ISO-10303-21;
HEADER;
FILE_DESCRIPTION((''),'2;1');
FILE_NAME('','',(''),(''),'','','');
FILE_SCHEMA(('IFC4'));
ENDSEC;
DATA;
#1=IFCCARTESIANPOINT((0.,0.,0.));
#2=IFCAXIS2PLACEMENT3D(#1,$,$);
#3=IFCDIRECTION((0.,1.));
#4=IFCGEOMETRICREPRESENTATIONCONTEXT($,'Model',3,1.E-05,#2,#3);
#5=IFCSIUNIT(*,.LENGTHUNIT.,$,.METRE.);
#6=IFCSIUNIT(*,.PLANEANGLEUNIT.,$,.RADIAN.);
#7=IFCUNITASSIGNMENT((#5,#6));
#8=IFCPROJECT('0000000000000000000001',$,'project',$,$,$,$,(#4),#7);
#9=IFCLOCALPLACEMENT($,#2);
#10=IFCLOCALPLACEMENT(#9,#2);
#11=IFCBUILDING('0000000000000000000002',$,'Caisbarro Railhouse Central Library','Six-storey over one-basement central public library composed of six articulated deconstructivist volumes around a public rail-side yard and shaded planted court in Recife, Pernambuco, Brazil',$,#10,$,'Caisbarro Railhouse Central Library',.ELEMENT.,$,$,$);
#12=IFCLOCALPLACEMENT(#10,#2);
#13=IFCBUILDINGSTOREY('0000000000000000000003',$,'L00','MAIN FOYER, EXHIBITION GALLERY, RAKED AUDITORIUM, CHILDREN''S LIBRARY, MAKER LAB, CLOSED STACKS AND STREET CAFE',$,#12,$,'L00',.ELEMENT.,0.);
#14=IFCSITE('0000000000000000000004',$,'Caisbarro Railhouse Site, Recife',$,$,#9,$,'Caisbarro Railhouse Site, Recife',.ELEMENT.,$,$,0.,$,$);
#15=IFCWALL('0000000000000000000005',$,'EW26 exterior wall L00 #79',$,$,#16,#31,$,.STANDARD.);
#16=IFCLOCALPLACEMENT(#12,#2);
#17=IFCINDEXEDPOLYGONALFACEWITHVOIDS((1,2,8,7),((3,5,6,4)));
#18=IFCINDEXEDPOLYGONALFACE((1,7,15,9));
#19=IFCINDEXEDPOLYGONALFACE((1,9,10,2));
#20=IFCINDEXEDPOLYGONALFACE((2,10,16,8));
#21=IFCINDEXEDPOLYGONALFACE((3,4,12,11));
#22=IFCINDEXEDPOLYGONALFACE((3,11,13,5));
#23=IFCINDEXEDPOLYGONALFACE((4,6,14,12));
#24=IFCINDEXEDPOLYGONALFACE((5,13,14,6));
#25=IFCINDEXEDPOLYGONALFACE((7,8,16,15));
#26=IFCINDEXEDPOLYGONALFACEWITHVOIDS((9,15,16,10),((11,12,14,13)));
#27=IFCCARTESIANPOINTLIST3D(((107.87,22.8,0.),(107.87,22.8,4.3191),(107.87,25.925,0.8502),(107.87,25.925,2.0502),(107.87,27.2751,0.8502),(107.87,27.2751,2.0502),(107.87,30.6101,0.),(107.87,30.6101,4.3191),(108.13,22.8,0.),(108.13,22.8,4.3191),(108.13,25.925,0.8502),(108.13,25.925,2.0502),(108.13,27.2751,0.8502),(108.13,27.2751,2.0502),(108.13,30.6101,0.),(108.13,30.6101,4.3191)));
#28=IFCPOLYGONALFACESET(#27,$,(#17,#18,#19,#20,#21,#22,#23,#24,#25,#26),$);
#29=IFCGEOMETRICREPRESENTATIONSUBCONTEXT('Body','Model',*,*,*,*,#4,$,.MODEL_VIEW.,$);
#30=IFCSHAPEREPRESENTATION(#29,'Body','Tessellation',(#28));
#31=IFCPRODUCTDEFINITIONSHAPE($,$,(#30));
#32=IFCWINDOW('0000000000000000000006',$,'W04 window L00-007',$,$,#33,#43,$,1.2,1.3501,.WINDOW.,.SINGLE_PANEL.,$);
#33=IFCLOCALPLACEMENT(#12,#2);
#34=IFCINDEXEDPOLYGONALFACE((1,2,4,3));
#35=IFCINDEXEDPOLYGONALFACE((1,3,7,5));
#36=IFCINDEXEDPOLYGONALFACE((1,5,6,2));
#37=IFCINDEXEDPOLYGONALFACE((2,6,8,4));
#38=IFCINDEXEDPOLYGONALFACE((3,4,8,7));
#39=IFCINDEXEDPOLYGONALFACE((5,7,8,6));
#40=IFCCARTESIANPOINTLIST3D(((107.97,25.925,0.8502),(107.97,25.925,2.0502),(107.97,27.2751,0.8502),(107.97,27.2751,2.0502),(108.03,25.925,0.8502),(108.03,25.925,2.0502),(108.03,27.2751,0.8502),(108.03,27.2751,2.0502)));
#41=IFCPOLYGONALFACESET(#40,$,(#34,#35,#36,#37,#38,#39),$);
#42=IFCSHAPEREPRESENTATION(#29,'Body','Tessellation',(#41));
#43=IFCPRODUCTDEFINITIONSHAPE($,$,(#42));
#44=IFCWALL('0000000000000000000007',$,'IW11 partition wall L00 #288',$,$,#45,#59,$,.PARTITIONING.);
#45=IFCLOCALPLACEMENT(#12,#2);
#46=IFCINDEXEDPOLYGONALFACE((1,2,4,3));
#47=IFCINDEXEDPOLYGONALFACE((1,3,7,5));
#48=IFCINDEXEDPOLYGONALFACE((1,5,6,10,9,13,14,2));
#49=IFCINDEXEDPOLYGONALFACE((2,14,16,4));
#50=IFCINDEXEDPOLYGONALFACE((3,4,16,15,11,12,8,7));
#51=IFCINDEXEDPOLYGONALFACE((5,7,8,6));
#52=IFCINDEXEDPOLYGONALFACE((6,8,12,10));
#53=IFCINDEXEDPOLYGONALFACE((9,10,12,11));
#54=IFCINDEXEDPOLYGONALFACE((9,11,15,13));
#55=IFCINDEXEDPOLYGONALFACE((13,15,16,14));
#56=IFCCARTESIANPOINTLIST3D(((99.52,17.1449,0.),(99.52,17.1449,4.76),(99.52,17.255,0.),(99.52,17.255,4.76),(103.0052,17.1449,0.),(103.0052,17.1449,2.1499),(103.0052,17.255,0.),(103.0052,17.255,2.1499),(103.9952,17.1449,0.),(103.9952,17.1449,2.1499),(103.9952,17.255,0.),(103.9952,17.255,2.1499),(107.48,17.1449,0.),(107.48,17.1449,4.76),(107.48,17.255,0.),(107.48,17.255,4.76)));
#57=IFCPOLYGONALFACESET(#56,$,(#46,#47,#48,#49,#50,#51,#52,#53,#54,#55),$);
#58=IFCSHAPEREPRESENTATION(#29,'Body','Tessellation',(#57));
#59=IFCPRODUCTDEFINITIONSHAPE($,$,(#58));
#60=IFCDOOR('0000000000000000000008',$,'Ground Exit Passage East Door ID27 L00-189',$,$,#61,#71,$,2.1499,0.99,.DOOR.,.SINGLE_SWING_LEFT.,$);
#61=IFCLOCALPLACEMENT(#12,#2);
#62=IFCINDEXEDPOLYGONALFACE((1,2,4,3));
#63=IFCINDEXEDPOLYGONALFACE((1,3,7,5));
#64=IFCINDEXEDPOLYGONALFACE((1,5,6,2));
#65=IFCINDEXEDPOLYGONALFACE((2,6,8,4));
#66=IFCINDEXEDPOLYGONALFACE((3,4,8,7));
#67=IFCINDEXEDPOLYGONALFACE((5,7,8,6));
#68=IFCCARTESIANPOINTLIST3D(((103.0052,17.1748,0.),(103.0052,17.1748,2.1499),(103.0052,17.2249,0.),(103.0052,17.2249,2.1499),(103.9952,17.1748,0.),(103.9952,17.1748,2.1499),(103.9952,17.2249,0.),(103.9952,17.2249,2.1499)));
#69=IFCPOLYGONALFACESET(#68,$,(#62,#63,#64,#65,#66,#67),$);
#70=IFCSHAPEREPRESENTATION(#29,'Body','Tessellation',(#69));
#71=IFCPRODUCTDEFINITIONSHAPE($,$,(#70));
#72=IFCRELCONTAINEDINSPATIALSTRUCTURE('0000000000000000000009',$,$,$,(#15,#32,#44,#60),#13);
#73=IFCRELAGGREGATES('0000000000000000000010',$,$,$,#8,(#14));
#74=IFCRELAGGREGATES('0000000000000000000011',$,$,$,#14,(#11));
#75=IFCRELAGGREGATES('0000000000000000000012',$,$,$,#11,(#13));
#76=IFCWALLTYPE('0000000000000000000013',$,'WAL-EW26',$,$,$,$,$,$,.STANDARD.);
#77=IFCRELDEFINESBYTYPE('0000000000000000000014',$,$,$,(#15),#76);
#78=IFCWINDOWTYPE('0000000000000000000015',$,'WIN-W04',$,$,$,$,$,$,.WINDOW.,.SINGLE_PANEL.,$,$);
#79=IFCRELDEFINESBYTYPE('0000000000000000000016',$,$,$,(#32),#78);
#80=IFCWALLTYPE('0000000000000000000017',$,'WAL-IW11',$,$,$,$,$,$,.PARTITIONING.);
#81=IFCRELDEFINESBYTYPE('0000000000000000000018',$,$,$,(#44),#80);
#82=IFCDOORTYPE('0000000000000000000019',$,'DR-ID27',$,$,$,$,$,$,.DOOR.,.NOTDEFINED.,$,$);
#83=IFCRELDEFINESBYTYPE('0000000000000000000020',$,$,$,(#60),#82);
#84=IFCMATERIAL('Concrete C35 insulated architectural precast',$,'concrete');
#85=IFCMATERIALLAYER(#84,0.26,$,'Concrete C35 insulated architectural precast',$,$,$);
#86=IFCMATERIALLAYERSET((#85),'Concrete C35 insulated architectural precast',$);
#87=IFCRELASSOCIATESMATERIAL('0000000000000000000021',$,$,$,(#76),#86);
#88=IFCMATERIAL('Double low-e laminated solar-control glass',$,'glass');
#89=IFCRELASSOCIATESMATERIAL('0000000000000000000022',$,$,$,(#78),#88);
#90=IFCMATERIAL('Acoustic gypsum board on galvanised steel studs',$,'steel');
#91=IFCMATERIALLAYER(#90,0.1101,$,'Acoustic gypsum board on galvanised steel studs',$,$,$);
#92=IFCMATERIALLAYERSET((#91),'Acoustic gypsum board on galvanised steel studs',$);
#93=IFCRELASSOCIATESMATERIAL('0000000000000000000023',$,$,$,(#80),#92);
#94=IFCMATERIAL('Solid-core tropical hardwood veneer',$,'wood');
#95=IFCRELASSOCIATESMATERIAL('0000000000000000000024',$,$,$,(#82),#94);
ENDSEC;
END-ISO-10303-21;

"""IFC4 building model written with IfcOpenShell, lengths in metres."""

from ifc_helpers import new_model, si_unit, direction, frame, frame_2d, origin, place, context, subcontext, project, spatial, rectangle, extrude, material, layer, layer_set, type_object, element, fill, save


model = new_model("IFC4")

# Units and contexts
model_context = context("Model", 3, precision=1e-05, world=origin(), true_north=direction((0.0, 1.0)))
body_context = subcontext(model_context, "Body", "Model", "MODEL_VIEW")
ifc_project = project(units=[si_unit("LENGTHUNIT", "METRE"), si_unit("PLANEANGLEUNIT", "RADIAN")], contexts=[model_context])

# Site, building, storey
site_placement = place(None, origin())
site = spatial("IfcSite", under=ifc_project, at=site_placement, Name="Caisbarro Railhouse Site, Recife", LongName="Caisbarro Railhouse Site, Recife", CompositionType="ELEMENT", RefElevation=0.0)
building_placement = place(site_placement, origin())
building = spatial("IfcBuilding", under=site, at=building_placement, Name="Caisbarro Railhouse Central Library", Description="Six-storey over one-basement central public library composed of six articulated deconstructivist volumes around a public rail-side yard and shaded planted court in Recife, Pernambuco, Brazil", LongName="Caisbarro Railhouse Central Library", CompositionType="ELEMENT")
storey_placement = place(building_placement, origin())
storey = spatial("IfcBuildingStorey", under=building, at=storey_placement, Name="L00", Description="MAIN FOYER, EXHIBITION GALLERY, RAKED AUDITORIUM, CHILDREN'S LIBRARY, MAKER LAB, CLOSED STACKS AND STREET CAFE", LongName="L00", CompositionType="ELEMENT", Elevation=0.0)

# Shared definitions
ifc_material_1 = material(Name="Concrete C35 insulated architectural precast", Category="concrete")
ifc_layer_1 = layer(ifc_material_1, 0.26, Name="Concrete C35 insulated architectural precast")
ifc_layer_set_1 = layer_set([ifc_layer_1], Name="Concrete C35 insulated architectural precast")
wall_type_1 = type_object("IfcWallType", Name="WAL-EW26", PredefinedType="STANDARD", material=ifc_layer_set_1)
ifc_material_2 = material(Name="Double low-e laminated solar-control glass", Category="glass")

# Wall, opening, window
wall_1_placement = place(storey_placement, frame((108.0, 22.8, 0.0), z_axis=(0.0, 0.0, 1.0), x_axis=(0.0, 1.0, 0.0)))
wall_1 = element("IfcWall", 1, at=wall_1_placement, inside=storey, type_object=wall_type_1, Name="EW26 exterior wall L00 #79", PredefinedType="STANDARD", context=body_context, shape_type="SweptSolid", body=[
    extrude(rectangle(XDim=7.8101, YDim=0.26, at=frame_2d((3.905, 0.0))), origin(), (0.0, 0.0, 1.0), 4.3191),
])
opening_1_placement = place(wall_1_placement, frame((3.125, 0.0, 0.8501)))
opening_1 = element("IfcOpeningElement", 2, at=opening_1_placement, cuts=wall_1, PredefinedType="OPENING", context=body_context, shape_type="SweptSolid", body=[
    extrude(rectangle(XDim=1.3501, YDim=1.2, at=frame_2d((0.675, 0.6001))), frame((0.0, 0.1401, 0.0), z_axis=(0.0, -1.0, 0.0), x_axis=(1.0, 0.0, 0.0)), (0.0, 0.0, 1.0), 0.28),
])
window_type_1 = type_object("IfcWindowType", Name="WIN-W04", PartitioningType="SINGLE_PANEL", PredefinedType="WINDOW", material=ifc_material_2)
window_1_placement = place(opening_1_placement, origin())
window_1 = element("IfcWindow", 3, at=window_1_placement, inside=storey, type_object=window_type_1, Name="W04 window L00-007", OverallHeight=1.2, OverallWidth=1.3501, PartitioningType="SINGLE_PANEL", PredefinedType="WINDOW", context=body_context, shape_type="SweptSolid", body=[
    extrude(rectangle(XDim=1.3501, YDim=1.2, at=frame_2d((0.675, 0.6001))), frame((0.0, 0.03, 0.0), z_axis=(0.0, -1.0, 0.0), x_axis=(1.0, 0.0, 0.0)), (0.0, 0.0, 1.0), 0.0601),
])
fill(opening_1, window_1)

# Wall, opening, door
ifc_material_3 = material(Name="Acoustic gypsum board on galvanised steel studs", Category="steel")
ifc_layer_2 = layer(ifc_material_3, 0.1101, Name="Acoustic gypsum board on galvanised steel studs")
ifc_layer_set_2 = layer_set([ifc_layer_2], Name="Acoustic gypsum board on galvanised steel studs")
wall_type_2 = type_object("IfcWallType", Name="WAL-IW11", PredefinedType="PARTITIONING", material=ifc_layer_set_2)
wall_2_placement = place(storey_placement, frame((99.52, 17.2, 0.0), z_axis=(0.0, 0.0, 1.0), x_axis=(1.0, 0.0, 0.0)))
wall_2 = element("IfcWall", 4, at=wall_2_placement, inside=storey, type_object=wall_type_2, Name="IW11 partition wall L00 #288", PredefinedType="PARTITIONING", context=body_context, shape_type="SweptSolid", body=[
    extrude(rectangle(XDim=7.96, YDim=0.1101, at=frame_2d((3.98, 0.0))), origin(), (0.0, 0.0, 1.0), 4.76),
])
opening_2_placement = place(wall_2_placement, frame((3.4851, 0.0, 0.0)))
opening_2 = element("IfcOpeningElement", 5, at=opening_2_placement, cuts=wall_2, PredefinedType="OPENING", context=body_context, shape_type="SweptSolid", body=[
    extrude(rectangle(XDim=0.99, YDim=2.1499, at=frame_2d((0.4951, 1.075))), frame((0.0, 0.0649, 0.0), z_axis=(0.0, -1.0, 0.0), x_axis=(1.0, 0.0, 0.0)), (0.0, 0.0, 1.0), 0.1301),
])
ifc_material_4 = material(Name="Solid-core tropical hardwood veneer", Category="wood")
door_type_1 = type_object("IfcDoorType", Name="DR-ID27", OperationType="NOTDEFINED", PredefinedType="DOOR", material=ifc_material_4)
door_1_placement = place(opening_2_placement, origin())
door_1 = element("IfcDoor", 6, at=door_1_placement, inside=storey, type_object=door_type_1, Name="Ground Exit Passage East Door ID27 L00-189", OperationType="SINGLE_SWING_LEFT", OverallHeight=2.1499, OverallWidth=0.99, PredefinedType="DOOR", context=body_context, shape_type="SweptSolid", body=[
    extrude(rectangle(XDim=0.99, YDim=2.1499, at=frame_2d((0.4951, 1.075))), frame((0.0, 0.0249, 0.0), z_axis=(0.0, -1.0, 0.0), x_axis=(1.0, 0.0, 0.0)), (0.0, 0.0, 1.0), 0.05),
])
fill(opening_2, door_1)

save(model, "model.ifc")
